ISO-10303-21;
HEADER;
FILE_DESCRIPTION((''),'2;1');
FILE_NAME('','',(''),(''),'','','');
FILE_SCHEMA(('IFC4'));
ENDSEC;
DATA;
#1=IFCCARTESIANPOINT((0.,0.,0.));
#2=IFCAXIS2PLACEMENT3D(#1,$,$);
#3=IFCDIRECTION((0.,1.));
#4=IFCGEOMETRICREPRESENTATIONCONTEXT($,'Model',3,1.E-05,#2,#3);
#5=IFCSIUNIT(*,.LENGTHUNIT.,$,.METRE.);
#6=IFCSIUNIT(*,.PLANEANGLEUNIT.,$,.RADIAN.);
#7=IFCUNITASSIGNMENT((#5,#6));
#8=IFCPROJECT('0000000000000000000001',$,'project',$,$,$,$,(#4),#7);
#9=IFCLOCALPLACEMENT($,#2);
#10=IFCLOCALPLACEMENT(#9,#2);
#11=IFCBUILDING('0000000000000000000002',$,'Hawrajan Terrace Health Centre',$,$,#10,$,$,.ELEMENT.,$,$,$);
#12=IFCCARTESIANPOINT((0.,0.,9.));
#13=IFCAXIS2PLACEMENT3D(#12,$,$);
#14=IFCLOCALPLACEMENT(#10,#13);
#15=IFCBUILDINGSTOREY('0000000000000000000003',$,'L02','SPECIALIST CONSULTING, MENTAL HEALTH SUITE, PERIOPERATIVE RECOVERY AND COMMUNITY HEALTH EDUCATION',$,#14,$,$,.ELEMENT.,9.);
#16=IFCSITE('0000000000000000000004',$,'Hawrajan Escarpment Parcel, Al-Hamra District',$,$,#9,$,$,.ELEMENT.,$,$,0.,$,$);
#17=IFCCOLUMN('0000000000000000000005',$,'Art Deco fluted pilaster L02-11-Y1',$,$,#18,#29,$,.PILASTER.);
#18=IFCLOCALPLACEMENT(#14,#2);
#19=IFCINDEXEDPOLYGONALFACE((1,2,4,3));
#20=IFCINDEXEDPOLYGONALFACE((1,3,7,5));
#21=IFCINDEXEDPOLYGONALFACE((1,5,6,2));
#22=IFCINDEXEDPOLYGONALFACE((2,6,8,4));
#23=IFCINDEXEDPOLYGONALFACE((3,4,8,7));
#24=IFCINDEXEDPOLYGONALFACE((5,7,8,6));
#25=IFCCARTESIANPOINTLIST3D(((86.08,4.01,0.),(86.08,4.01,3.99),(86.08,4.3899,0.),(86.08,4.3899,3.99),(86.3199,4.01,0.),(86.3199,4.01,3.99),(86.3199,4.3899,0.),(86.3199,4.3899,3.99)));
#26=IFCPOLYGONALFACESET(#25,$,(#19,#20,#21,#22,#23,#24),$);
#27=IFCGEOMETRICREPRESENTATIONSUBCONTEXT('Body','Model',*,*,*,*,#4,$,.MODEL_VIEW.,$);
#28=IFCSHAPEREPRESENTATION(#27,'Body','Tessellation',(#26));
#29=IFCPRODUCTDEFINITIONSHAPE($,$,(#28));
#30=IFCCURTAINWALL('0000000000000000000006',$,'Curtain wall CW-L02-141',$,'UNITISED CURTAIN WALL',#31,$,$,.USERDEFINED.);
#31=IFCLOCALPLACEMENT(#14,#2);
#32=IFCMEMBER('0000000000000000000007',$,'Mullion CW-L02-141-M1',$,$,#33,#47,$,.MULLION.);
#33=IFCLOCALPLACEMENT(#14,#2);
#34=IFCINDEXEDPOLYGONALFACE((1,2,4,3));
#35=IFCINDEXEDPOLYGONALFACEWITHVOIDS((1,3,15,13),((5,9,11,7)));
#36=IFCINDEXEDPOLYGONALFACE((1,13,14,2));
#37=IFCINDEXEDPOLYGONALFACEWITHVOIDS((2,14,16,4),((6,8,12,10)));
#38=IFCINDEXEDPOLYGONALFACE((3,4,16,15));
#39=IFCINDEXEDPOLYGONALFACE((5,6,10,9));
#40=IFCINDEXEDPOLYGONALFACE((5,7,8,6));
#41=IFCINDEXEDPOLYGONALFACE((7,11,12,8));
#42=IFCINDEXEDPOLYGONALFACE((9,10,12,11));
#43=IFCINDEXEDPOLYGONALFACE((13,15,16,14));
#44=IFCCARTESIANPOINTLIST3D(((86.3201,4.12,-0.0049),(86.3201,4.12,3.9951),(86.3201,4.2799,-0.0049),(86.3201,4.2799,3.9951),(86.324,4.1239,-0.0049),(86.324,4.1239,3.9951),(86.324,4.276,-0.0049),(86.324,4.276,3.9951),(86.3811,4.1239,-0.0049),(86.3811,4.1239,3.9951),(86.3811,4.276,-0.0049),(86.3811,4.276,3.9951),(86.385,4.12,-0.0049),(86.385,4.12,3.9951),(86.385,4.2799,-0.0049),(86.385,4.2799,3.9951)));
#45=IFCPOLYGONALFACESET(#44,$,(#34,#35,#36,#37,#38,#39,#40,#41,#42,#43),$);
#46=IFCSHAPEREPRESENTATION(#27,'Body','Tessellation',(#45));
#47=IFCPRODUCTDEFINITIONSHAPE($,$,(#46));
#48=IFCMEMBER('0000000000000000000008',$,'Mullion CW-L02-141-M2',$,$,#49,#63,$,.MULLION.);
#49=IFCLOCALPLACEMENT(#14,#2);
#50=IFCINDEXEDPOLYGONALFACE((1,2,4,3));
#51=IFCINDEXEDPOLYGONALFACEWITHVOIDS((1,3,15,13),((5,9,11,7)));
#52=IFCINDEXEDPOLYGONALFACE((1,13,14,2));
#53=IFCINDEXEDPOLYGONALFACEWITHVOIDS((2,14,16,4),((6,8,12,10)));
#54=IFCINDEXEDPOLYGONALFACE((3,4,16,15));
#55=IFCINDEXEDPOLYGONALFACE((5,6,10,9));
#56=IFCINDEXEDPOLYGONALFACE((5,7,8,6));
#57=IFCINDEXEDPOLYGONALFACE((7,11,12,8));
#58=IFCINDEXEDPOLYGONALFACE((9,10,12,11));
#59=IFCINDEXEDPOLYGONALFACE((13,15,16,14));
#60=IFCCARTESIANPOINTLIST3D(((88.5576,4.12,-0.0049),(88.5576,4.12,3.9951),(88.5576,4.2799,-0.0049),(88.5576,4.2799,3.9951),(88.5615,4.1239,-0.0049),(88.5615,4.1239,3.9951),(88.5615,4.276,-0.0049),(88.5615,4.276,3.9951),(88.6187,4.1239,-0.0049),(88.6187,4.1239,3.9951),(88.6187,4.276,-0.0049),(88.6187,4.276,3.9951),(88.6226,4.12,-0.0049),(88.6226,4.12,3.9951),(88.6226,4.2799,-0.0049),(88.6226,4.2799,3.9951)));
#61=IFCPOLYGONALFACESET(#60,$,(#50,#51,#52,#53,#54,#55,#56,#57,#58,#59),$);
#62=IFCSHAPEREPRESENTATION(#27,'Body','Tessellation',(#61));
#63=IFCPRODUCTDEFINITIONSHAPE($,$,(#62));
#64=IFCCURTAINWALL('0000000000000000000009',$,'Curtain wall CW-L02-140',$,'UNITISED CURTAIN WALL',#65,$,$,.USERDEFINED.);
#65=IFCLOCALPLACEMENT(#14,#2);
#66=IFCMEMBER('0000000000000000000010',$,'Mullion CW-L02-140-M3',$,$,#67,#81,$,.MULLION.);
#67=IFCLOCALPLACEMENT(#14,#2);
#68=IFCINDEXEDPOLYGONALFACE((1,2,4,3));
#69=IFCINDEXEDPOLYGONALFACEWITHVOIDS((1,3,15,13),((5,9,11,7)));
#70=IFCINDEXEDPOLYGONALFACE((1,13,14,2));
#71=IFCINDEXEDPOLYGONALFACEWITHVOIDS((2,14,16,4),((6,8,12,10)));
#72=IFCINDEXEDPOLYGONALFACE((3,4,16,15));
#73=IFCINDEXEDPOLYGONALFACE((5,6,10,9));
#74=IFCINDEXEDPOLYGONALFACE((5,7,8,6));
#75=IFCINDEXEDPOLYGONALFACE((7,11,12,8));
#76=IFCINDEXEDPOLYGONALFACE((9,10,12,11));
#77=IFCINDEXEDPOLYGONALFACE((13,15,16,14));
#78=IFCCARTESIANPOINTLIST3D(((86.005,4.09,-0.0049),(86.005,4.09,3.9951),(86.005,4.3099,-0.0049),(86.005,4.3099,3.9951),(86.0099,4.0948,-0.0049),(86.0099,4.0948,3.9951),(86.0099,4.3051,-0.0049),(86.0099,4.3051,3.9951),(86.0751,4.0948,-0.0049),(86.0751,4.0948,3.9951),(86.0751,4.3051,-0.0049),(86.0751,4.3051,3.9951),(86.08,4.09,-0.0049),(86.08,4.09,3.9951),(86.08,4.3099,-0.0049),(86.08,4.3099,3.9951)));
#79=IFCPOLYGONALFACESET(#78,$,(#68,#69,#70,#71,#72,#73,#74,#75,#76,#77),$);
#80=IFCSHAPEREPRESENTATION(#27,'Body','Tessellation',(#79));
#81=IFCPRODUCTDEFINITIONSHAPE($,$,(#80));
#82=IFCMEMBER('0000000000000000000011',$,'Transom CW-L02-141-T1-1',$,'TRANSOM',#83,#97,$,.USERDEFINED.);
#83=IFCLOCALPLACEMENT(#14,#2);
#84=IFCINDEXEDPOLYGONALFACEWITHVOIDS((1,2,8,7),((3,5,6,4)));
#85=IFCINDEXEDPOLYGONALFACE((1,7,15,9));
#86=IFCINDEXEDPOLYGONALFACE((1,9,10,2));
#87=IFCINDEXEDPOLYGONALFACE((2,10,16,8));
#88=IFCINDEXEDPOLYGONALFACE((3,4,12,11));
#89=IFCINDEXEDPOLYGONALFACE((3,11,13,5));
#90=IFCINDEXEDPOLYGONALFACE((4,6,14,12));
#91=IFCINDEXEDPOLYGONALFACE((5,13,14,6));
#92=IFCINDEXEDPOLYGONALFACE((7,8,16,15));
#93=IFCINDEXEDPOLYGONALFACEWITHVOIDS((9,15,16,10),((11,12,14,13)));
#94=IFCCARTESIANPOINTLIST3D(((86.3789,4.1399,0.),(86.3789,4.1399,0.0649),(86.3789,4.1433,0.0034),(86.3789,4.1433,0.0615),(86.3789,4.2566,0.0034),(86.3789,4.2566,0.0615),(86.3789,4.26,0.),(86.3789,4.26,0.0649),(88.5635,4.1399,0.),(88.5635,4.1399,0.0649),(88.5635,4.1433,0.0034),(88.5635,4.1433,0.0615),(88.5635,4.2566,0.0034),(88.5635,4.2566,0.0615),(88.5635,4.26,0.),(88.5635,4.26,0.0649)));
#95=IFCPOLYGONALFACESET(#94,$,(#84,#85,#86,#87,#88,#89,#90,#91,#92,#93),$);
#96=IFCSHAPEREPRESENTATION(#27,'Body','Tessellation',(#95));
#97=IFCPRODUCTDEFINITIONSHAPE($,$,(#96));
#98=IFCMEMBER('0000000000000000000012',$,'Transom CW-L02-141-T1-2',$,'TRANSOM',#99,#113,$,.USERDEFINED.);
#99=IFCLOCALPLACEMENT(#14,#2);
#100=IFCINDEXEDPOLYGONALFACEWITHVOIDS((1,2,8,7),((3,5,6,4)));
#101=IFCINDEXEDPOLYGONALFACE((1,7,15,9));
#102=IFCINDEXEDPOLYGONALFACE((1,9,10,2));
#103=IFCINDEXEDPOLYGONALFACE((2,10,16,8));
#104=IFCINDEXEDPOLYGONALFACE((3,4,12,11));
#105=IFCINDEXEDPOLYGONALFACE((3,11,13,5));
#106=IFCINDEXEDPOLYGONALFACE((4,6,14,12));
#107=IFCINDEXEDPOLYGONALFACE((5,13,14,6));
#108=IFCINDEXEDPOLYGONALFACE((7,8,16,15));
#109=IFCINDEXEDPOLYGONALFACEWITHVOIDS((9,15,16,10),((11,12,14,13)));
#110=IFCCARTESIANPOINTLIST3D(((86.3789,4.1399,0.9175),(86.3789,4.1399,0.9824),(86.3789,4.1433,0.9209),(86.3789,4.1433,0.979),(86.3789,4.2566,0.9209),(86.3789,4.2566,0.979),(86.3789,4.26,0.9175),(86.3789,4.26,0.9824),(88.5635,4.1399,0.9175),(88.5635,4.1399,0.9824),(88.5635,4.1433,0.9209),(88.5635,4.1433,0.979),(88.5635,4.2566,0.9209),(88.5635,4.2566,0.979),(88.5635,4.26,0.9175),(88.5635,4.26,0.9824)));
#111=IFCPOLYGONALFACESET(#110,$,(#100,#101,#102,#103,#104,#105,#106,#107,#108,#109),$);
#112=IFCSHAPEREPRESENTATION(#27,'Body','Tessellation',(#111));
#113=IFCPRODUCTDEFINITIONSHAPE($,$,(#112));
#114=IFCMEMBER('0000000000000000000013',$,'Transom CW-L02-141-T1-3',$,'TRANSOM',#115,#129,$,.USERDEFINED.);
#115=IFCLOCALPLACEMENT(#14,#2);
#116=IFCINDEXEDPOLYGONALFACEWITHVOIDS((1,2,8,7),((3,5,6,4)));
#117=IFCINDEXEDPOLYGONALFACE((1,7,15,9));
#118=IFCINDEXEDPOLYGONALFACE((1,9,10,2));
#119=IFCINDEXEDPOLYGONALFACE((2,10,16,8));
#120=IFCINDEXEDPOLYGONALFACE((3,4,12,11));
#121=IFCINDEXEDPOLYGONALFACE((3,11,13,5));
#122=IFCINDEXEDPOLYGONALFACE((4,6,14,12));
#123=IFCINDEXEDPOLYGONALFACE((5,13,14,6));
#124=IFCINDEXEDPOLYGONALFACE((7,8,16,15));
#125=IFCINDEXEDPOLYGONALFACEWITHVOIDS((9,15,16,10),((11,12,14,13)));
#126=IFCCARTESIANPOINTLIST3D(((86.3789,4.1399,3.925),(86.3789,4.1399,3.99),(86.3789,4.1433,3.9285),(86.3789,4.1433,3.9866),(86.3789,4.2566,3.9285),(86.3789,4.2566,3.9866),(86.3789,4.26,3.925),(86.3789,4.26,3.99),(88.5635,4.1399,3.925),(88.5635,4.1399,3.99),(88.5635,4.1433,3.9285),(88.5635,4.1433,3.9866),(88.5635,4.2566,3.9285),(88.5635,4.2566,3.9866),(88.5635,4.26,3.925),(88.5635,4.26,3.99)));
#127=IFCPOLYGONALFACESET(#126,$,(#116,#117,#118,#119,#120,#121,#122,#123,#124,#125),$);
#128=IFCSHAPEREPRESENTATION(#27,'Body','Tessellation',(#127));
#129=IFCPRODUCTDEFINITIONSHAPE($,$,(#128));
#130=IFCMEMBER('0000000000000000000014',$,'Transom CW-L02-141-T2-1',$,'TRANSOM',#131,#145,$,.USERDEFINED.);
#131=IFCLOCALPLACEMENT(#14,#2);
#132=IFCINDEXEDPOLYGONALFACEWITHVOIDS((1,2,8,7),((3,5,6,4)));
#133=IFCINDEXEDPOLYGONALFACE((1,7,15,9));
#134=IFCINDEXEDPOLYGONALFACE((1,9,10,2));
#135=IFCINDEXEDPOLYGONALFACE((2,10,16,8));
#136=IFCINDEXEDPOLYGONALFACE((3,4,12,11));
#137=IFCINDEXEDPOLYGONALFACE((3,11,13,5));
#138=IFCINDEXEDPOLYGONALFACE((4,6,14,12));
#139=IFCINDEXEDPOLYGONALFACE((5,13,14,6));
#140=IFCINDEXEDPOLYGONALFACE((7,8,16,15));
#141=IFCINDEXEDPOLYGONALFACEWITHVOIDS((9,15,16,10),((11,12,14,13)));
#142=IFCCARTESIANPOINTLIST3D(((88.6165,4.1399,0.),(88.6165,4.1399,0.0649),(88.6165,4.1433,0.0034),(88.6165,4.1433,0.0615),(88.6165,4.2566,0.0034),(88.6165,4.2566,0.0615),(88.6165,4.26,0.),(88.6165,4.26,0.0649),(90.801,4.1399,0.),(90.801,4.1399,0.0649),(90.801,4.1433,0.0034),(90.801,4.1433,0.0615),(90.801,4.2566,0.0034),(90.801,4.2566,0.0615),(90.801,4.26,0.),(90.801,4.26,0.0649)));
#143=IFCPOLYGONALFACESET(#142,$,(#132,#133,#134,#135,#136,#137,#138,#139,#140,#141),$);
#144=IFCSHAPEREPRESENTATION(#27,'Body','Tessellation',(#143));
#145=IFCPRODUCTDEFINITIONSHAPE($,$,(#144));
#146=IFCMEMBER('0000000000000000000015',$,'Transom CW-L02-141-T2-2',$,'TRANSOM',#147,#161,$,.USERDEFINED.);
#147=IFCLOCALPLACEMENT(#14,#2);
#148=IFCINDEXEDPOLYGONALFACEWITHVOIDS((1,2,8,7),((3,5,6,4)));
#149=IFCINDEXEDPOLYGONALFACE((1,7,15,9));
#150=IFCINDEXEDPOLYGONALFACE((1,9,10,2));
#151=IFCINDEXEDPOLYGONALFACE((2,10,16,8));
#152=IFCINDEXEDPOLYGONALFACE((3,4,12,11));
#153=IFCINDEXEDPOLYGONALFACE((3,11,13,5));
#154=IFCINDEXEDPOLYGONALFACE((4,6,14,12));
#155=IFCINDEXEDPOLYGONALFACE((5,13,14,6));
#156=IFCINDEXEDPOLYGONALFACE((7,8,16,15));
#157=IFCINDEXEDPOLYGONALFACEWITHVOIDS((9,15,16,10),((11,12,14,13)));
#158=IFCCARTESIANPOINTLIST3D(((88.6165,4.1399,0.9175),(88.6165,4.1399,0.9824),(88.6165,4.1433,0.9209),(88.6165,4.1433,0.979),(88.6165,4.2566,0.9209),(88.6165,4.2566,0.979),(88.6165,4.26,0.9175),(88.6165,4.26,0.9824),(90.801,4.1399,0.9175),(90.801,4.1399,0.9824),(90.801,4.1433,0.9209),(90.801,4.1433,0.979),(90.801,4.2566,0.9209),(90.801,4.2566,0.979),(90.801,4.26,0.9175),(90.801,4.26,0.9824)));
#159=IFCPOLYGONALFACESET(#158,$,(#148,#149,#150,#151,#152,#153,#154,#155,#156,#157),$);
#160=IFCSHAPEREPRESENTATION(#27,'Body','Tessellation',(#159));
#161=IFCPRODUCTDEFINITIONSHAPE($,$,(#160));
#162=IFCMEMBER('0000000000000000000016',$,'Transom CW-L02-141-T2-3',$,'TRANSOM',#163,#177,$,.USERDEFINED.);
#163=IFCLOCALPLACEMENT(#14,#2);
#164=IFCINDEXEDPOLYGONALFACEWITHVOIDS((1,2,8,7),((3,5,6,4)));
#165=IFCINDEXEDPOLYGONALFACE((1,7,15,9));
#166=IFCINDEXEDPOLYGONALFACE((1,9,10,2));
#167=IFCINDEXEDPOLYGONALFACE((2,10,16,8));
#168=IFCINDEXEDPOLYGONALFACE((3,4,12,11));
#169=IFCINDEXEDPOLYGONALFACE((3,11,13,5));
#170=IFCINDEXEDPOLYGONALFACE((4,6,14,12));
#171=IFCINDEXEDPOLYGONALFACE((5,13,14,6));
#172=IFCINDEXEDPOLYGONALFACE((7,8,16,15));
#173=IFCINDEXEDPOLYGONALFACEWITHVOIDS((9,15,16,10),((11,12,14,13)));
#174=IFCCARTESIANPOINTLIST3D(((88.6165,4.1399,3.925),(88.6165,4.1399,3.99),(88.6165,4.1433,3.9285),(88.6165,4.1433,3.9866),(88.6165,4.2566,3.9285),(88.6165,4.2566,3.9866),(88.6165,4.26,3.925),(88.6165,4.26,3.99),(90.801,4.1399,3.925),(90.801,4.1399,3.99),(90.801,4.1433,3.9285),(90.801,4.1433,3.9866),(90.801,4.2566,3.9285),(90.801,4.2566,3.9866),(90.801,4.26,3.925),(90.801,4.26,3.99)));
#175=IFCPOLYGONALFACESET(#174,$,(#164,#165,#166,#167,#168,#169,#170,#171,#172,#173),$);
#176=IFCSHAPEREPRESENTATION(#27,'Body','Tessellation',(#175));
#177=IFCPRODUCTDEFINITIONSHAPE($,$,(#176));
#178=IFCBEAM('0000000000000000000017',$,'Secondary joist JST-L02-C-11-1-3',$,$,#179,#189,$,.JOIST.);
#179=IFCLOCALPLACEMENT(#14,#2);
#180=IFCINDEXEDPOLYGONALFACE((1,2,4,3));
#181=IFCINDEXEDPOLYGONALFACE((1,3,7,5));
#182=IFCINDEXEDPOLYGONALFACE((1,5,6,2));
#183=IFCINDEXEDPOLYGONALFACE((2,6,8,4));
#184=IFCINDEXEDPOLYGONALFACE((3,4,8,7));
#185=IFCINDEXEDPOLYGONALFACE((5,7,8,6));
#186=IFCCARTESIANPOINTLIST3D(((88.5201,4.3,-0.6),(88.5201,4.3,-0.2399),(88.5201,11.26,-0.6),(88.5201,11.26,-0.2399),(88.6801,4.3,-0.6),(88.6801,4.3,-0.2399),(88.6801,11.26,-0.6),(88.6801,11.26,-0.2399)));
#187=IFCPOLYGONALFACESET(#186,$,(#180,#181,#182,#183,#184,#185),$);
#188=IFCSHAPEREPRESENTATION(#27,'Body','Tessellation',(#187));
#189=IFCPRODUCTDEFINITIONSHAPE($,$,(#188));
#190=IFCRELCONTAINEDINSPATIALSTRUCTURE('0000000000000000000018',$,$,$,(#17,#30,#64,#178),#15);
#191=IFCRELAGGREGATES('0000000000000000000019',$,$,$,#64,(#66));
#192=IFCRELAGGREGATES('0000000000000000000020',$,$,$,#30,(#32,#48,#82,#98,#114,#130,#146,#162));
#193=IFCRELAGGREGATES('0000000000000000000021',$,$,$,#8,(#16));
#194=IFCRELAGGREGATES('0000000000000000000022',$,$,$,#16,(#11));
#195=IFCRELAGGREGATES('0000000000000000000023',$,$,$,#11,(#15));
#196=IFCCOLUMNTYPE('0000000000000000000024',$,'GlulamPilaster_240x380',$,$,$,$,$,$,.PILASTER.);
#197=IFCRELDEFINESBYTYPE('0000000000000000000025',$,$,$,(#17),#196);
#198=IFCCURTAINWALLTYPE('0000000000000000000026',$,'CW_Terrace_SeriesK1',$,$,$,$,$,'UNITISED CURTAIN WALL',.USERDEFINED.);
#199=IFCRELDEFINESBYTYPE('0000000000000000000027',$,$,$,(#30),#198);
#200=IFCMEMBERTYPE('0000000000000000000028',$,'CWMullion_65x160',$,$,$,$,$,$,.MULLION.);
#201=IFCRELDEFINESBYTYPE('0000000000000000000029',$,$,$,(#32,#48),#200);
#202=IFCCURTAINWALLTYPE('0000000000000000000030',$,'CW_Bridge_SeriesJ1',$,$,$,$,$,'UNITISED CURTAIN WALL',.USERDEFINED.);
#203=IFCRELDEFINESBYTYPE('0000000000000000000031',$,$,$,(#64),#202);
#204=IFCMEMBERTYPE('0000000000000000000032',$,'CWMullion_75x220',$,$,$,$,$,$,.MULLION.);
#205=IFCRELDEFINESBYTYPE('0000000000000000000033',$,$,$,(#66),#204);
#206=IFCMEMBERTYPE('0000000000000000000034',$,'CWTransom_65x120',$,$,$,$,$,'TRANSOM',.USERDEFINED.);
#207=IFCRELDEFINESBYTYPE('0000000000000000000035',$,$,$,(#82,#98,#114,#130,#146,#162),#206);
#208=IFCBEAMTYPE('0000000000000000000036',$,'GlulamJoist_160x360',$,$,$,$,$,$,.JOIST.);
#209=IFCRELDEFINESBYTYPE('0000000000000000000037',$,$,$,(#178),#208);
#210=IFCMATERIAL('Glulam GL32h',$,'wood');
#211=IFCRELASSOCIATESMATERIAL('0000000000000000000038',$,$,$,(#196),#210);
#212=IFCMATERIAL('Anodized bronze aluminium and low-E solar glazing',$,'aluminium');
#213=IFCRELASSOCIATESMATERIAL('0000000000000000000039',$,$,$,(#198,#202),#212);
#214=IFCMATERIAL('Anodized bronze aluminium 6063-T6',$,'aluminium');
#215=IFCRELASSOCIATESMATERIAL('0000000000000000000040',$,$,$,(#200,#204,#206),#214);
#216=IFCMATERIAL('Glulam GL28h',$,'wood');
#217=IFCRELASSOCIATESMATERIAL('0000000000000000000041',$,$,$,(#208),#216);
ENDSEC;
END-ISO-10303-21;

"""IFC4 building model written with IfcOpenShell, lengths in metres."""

from ifc_helpers import new_model, si_unit, direction, frame, origin, origin_2d, place, context, subcontext, project, spatial, rectangle, hollow_rectangle, extrude, material, material_profile, profile_set, type_object, element, aggregate, save


model = new_model("IFC4")

# Units and contexts
model_context = context("Model", 3, precision=1e-05, world=origin(), true_north=direction((0.0, 1.0)))
body_context = subcontext(model_context, "Body", "Model", "MODEL_VIEW")
ifc_project = project(units=[si_unit("LENGTHUNIT", "METRE"), si_unit("PLANEANGLEUNIT", "RADIAN")], contexts=[model_context])

# Site, building, storey
site_placement = place(None, origin())
site = spatial("IfcSite", under=ifc_project, at=site_placement, Name="Hawrajan Escarpment Parcel, Al-Hamra District", CompositionType="ELEMENT", RefElevation=0.0)
building_placement = place(site_placement, origin())
building = spatial("IfcBuilding", under=site, at=building_placement, Name="Hawrajan Terrace Health Centre", CompositionType="ELEMENT")
storey_placement = place(building_placement, frame((0.0, 0.0, 9.0)))
storey = spatial("IfcBuildingStorey", under=building, at=storey_placement, Name="L02", Description="SPECIALIST CONSULTING, MENTAL HEALTH SUITE, PERIOPERATIVE RECOVERY AND COMMUNITY HEALTH EDUCATION", CompositionType="ELEMENT", Elevation=9.0)

# Column
ifc_material_1 = material(Name="Glulam GL32h", Category="wood")
ifc_material_profile_1 = material_profile(ifc_material_1, rectangle(XDim=0.24, YDim=0.3799, at=origin_2d()), Name="GL PIL 240x380")
ifc_profile_set_1 = profile_set([ifc_material_profile_1], Name="Glulam GL32h")
column_type = type_object("IfcColumnType", Name="GlulamPilaster_240x380", PredefinedType="PILASTER", material=ifc_profile_set_1)
column_placement = place(storey_placement, frame((86.2, 4.2, 0.0), z_axis=(0.0, 0.0, 1.0), x_axis=(1.0, 0.0, 0.0)))
element("IfcColumn", 1, at=column_placement, inside=storey, type_object=column_type, Name="Art Deco fluted pilaster L02-11-Y1", PredefinedType="PILASTER", context=body_context, shape_type="SweptSolid", body=[
    extrude(rectangle(XDim=0.24, YDim=0.3799, at=origin_2d()), origin(), (0.0, 0.0, 1.0), 3.99),
])

# Curtain wall, members
ifc_material_2 = material(Name="Anodized bronze aluminium and low-E solar glazing", Category="aluminium")
curtain_wall_type_1 = type_object("IfcCurtainWallType", Name="CW_Terrace_SeriesK1", ElementType="UNITISED CURTAIN WALL", PredefinedType="USERDEFINED", material=ifc_material_2)
curtain_wall_1_placement = place(storey_placement, origin())
curtain_wall_1 = element("IfcCurtainWall", 2, at=curtain_wall_1_placement, inside=storey, type_object=curtain_wall_type_1, Name="Curtain wall CW-L02-141", ObjectType="UNITISED CURTAIN WALL", PredefinedType="USERDEFINED")
ifc_material_3 = material(Name="Anodized bronze aluminium 6063-T6", Category="aluminium")
ifc_material_profile_2 = material_profile(ifc_material_3, hollow_rectangle(XDim=0.0649, YDim=0.1599, WallThickness=0.0039, at=origin_2d()), Name="CW MUL 65x160")
ifc_profile_set_2 = profile_set([ifc_material_profile_2], Name="Anodized bronze aluminium 6063-T6")
member_type_1 = type_object("IfcMemberType", Name="CWMullion_65x160", PredefinedType="MULLION", material=ifc_profile_set_2)
member_1_placement = place(storey_placement, frame((86.3525, 4.2, -0.0049), z_axis=(0.0, 0.0, 1.0), x_axis=(1.0, 0.0, 0.0)))
member_1 = element("IfcMember", 3, at=member_1_placement, type_object=member_type_1, Name="Mullion CW-L02-141-M1", PredefinedType="MULLION", context=body_context, shape_type="SweptSolid", body=[
    extrude(hollow_rectangle(XDim=0.0649, YDim=0.1599, WallThickness=0.0039, at=origin_2d()), origin(), (0.0, 0.0, 1.0), 4.0),
])
member_2_placement = place(storey_placement, frame((88.5901, 4.2, -0.0049), z_axis=(0.0, 0.0, 1.0), x_axis=(1.0, 0.0, 0.0)))
member_2 = element("IfcMember", 4, at=member_2_placement, type_object=member_type_1, Name="Mullion CW-L02-141-M2", PredefinedType="MULLION", context=body_context, shape_type="SweptSolid", body=[
    extrude(hollow_rectangle(XDim=0.0649, YDim=0.1599, WallThickness=0.0039, at=origin_2d()), origin(), (0.0, 0.0, 1.0), 4.0),
])

# Curtain wall, member
curtain_wall_type_2 = type_object("IfcCurtainWallType", Name="CW_Bridge_SeriesJ1", ElementType="UNITISED CURTAIN WALL", PredefinedType="USERDEFINED", material=ifc_material_2)
curtain_wall_2_placement = place(storey_placement, origin())
curtain_wall_2 = element("IfcCurtainWall", 5, at=curtain_wall_2_placement, inside=storey, type_object=curtain_wall_type_2, Name="Curtain wall CW-L02-140", ObjectType="UNITISED CURTAIN WALL", PredefinedType="USERDEFINED")
ifc_material_profile_3 = material_profile(ifc_material_3, hollow_rectangle(XDim=0.075, YDim=0.22, WallThickness=0.0049, at=origin_2d()), Name="CW MUL 75x220")
ifc_profile_set_3 = profile_set([ifc_material_profile_3], Name="Anodized bronze aluminium 6063-T6")
member_type_2 = type_object("IfcMemberType", Name="CWMullion_75x220", PredefinedType="MULLION", material=ifc_profile_set_3)
member_3_placement = place(storey_placement, frame((86.0425, 4.2, -0.0049), z_axis=(0.0, 0.0, 1.0), x_axis=(1.0, 0.0, 0.0)))
member_3 = element("IfcMember", 6, at=member_3_placement, type_object=member_type_2, Name="Mullion CW-L02-140-M3", PredefinedType="MULLION", context=body_context, shape_type="SweptSolid", body=[
    extrude(hollow_rectangle(XDim=0.075, YDim=0.22, WallThickness=0.0049, at=origin_2d()), origin(), (0.0, 0.0, 1.0), 4.0),
])
aggregate(curtain_wall_2, [member_3])

# Members
ifc_material_profile_4 = material_profile(ifc_material_3, hollow_rectangle(XDim=0.0649, YDim=0.1201, WallThickness=0.0034, at=origin_2d()), Name="CW TRN 65x120")
ifc_profile_set_4 = profile_set([ifc_material_profile_4], Name="Anodized bronze aluminium 6063-T6")
member_type_3 = type_object("IfcMemberType", Name="CWTransom_65x120", ElementType="TRANSOM", PredefinedType="USERDEFINED", material=ifc_profile_set_4)
member_4_placement = place(storey_placement, frame((86.3789, 4.2, 0.0325), z_axis=(1.0, 0.0, 0.0), x_axis=(0.0, 0.0, 1.0)))
member_4 = element("IfcMember", 7, at=member_4_placement, type_object=member_type_3, Name="Transom CW-L02-141-T1-1", ObjectType="TRANSOM", PredefinedType="USERDEFINED", context=body_context, shape_type="SweptSolid", body=[
    extrude(hollow_rectangle(XDim=0.0649, YDim=0.1201, WallThickness=0.0034, at=origin_2d()), origin(), (0.0, 0.0, 1.0), 2.1846),
])
member_5_placement = place(storey_placement, frame((86.3789, 4.2, 0.95), z_axis=(1.0, 0.0, 0.0), x_axis=(0.0, 0.0, 1.0)))
member_5 = element("IfcMember", 8, at=member_5_placement, type_object=member_type_3, Name="Transom CW-L02-141-T1-2", ObjectType="TRANSOM", PredefinedType="USERDEFINED", context=body_context, shape_type="SweptSolid", body=[
    extrude(hollow_rectangle(XDim=0.0649, YDim=0.1201, WallThickness=0.0034, at=origin_2d()), origin(), (0.0, 0.0, 1.0), 2.1846),
])
member_6_placement = place(storey_placement, frame((86.3789, 4.2, 3.9575), z_axis=(1.0, 0.0, 0.0), x_axis=(0.0, 0.0, 1.0)))
member_6 = element("IfcMember", 9, at=member_6_placement, type_object=member_type_3, Name="Transom CW-L02-141-T1-3", ObjectType="TRANSOM", PredefinedType="USERDEFINED", context=body_context, shape_type="SweptSolid", body=[
    extrude(hollow_rectangle(XDim=0.0649, YDim=0.1201, WallThickness=0.0034, at=origin_2d()), origin(), (0.0, 0.0, 1.0), 2.1846),
])
member_7_placement = place(storey_placement, frame((88.6165, 4.2, 0.0325), z_axis=(1.0, 0.0, 0.0), x_axis=(0.0, 0.0, 1.0)))
member_7 = element("IfcMember", 10, at=member_7_placement, type_object=member_type_3, Name="Transom CW-L02-141-T2-1", ObjectType="TRANSOM", PredefinedType="USERDEFINED", context=body_context, shape_type="SweptSolid", body=[
    extrude(hollow_rectangle(XDim=0.0649, YDim=0.1201, WallThickness=0.0034, at=origin_2d()), origin(), (0.0, 0.0, 1.0), 2.1846),
])
member_8_placement = place(storey_placement, frame((88.6165, 4.2, 0.95), z_axis=(1.0, 0.0, 0.0), x_axis=(0.0, 0.0, 1.0)))
member_8 = element("IfcMember", 11, at=member_8_placement, type_object=member_type_3, Name="Transom CW-L02-141-T2-2", ObjectType="TRANSOM", PredefinedType="USERDEFINED", context=body_context, shape_type="SweptSolid", body=[
    extrude(hollow_rectangle(XDim=0.0649, YDim=0.1201, WallThickness=0.0034, at=origin_2d()), origin(), (0.0, 0.0, 1.0), 2.1846),
])
member_9_placement = place(storey_placement, frame((88.6165, 4.2, 3.9575), z_axis=(1.0, 0.0, 0.0), x_axis=(0.0, 0.0, 1.0)))
member_9 = element("IfcMember", 12, at=member_9_placement, type_object=member_type_3, Name="Transom CW-L02-141-T2-3", ObjectType="TRANSOM", PredefinedType="USERDEFINED", context=body_context, shape_type="SweptSolid", body=[
    extrude(hollow_rectangle(XDim=0.0649, YDim=0.1201, WallThickness=0.0034, at=origin_2d()), origin(), (0.0, 0.0, 1.0), 2.1846),
])

# Beam
ifc_material_4 = material(Name="Glulam GL28h", Category="wood")
ifc_material_profile_5 = material_profile(ifc_material_4, rectangle(XDim=0.1599, YDim=0.3601, at=origin_2d()), Name="GL JST 160x360")
ifc_profile_set_5 = profile_set([ifc_material_profile_5], Name="Glulam GL28h")
beam_type_1 = type_object("IfcBeamType", Name="GlulamJoist_160x360", PredefinedType="JOIST", material=ifc_profile_set_5)
beam_1_placement = place(storey_placement, frame((88.6001, 4.3, -0.4199), z_axis=(0.0, 1.0, 0.0), x_axis=(-1.0, 0.0, 0.0)))
element("IfcBeam", 13, at=beam_1_placement, inside=storey, type_object=beam_type_1, Name="Secondary joist JST-L02-C-11-1-3", PredefinedType="JOIST", context=body_context, shape_type="SweptSolid", body=[
    extrude(rectangle(XDim=0.1599, YDim=0.3601, at=origin_2d()), origin(), (0.0, 0.0, 1.0), 6.96),
])

aggregate(curtain_wall_1, [member_1, member_2, member_4, member_5, member_6, member_7, member_8, member_9])

save(model, "model.ifc")
